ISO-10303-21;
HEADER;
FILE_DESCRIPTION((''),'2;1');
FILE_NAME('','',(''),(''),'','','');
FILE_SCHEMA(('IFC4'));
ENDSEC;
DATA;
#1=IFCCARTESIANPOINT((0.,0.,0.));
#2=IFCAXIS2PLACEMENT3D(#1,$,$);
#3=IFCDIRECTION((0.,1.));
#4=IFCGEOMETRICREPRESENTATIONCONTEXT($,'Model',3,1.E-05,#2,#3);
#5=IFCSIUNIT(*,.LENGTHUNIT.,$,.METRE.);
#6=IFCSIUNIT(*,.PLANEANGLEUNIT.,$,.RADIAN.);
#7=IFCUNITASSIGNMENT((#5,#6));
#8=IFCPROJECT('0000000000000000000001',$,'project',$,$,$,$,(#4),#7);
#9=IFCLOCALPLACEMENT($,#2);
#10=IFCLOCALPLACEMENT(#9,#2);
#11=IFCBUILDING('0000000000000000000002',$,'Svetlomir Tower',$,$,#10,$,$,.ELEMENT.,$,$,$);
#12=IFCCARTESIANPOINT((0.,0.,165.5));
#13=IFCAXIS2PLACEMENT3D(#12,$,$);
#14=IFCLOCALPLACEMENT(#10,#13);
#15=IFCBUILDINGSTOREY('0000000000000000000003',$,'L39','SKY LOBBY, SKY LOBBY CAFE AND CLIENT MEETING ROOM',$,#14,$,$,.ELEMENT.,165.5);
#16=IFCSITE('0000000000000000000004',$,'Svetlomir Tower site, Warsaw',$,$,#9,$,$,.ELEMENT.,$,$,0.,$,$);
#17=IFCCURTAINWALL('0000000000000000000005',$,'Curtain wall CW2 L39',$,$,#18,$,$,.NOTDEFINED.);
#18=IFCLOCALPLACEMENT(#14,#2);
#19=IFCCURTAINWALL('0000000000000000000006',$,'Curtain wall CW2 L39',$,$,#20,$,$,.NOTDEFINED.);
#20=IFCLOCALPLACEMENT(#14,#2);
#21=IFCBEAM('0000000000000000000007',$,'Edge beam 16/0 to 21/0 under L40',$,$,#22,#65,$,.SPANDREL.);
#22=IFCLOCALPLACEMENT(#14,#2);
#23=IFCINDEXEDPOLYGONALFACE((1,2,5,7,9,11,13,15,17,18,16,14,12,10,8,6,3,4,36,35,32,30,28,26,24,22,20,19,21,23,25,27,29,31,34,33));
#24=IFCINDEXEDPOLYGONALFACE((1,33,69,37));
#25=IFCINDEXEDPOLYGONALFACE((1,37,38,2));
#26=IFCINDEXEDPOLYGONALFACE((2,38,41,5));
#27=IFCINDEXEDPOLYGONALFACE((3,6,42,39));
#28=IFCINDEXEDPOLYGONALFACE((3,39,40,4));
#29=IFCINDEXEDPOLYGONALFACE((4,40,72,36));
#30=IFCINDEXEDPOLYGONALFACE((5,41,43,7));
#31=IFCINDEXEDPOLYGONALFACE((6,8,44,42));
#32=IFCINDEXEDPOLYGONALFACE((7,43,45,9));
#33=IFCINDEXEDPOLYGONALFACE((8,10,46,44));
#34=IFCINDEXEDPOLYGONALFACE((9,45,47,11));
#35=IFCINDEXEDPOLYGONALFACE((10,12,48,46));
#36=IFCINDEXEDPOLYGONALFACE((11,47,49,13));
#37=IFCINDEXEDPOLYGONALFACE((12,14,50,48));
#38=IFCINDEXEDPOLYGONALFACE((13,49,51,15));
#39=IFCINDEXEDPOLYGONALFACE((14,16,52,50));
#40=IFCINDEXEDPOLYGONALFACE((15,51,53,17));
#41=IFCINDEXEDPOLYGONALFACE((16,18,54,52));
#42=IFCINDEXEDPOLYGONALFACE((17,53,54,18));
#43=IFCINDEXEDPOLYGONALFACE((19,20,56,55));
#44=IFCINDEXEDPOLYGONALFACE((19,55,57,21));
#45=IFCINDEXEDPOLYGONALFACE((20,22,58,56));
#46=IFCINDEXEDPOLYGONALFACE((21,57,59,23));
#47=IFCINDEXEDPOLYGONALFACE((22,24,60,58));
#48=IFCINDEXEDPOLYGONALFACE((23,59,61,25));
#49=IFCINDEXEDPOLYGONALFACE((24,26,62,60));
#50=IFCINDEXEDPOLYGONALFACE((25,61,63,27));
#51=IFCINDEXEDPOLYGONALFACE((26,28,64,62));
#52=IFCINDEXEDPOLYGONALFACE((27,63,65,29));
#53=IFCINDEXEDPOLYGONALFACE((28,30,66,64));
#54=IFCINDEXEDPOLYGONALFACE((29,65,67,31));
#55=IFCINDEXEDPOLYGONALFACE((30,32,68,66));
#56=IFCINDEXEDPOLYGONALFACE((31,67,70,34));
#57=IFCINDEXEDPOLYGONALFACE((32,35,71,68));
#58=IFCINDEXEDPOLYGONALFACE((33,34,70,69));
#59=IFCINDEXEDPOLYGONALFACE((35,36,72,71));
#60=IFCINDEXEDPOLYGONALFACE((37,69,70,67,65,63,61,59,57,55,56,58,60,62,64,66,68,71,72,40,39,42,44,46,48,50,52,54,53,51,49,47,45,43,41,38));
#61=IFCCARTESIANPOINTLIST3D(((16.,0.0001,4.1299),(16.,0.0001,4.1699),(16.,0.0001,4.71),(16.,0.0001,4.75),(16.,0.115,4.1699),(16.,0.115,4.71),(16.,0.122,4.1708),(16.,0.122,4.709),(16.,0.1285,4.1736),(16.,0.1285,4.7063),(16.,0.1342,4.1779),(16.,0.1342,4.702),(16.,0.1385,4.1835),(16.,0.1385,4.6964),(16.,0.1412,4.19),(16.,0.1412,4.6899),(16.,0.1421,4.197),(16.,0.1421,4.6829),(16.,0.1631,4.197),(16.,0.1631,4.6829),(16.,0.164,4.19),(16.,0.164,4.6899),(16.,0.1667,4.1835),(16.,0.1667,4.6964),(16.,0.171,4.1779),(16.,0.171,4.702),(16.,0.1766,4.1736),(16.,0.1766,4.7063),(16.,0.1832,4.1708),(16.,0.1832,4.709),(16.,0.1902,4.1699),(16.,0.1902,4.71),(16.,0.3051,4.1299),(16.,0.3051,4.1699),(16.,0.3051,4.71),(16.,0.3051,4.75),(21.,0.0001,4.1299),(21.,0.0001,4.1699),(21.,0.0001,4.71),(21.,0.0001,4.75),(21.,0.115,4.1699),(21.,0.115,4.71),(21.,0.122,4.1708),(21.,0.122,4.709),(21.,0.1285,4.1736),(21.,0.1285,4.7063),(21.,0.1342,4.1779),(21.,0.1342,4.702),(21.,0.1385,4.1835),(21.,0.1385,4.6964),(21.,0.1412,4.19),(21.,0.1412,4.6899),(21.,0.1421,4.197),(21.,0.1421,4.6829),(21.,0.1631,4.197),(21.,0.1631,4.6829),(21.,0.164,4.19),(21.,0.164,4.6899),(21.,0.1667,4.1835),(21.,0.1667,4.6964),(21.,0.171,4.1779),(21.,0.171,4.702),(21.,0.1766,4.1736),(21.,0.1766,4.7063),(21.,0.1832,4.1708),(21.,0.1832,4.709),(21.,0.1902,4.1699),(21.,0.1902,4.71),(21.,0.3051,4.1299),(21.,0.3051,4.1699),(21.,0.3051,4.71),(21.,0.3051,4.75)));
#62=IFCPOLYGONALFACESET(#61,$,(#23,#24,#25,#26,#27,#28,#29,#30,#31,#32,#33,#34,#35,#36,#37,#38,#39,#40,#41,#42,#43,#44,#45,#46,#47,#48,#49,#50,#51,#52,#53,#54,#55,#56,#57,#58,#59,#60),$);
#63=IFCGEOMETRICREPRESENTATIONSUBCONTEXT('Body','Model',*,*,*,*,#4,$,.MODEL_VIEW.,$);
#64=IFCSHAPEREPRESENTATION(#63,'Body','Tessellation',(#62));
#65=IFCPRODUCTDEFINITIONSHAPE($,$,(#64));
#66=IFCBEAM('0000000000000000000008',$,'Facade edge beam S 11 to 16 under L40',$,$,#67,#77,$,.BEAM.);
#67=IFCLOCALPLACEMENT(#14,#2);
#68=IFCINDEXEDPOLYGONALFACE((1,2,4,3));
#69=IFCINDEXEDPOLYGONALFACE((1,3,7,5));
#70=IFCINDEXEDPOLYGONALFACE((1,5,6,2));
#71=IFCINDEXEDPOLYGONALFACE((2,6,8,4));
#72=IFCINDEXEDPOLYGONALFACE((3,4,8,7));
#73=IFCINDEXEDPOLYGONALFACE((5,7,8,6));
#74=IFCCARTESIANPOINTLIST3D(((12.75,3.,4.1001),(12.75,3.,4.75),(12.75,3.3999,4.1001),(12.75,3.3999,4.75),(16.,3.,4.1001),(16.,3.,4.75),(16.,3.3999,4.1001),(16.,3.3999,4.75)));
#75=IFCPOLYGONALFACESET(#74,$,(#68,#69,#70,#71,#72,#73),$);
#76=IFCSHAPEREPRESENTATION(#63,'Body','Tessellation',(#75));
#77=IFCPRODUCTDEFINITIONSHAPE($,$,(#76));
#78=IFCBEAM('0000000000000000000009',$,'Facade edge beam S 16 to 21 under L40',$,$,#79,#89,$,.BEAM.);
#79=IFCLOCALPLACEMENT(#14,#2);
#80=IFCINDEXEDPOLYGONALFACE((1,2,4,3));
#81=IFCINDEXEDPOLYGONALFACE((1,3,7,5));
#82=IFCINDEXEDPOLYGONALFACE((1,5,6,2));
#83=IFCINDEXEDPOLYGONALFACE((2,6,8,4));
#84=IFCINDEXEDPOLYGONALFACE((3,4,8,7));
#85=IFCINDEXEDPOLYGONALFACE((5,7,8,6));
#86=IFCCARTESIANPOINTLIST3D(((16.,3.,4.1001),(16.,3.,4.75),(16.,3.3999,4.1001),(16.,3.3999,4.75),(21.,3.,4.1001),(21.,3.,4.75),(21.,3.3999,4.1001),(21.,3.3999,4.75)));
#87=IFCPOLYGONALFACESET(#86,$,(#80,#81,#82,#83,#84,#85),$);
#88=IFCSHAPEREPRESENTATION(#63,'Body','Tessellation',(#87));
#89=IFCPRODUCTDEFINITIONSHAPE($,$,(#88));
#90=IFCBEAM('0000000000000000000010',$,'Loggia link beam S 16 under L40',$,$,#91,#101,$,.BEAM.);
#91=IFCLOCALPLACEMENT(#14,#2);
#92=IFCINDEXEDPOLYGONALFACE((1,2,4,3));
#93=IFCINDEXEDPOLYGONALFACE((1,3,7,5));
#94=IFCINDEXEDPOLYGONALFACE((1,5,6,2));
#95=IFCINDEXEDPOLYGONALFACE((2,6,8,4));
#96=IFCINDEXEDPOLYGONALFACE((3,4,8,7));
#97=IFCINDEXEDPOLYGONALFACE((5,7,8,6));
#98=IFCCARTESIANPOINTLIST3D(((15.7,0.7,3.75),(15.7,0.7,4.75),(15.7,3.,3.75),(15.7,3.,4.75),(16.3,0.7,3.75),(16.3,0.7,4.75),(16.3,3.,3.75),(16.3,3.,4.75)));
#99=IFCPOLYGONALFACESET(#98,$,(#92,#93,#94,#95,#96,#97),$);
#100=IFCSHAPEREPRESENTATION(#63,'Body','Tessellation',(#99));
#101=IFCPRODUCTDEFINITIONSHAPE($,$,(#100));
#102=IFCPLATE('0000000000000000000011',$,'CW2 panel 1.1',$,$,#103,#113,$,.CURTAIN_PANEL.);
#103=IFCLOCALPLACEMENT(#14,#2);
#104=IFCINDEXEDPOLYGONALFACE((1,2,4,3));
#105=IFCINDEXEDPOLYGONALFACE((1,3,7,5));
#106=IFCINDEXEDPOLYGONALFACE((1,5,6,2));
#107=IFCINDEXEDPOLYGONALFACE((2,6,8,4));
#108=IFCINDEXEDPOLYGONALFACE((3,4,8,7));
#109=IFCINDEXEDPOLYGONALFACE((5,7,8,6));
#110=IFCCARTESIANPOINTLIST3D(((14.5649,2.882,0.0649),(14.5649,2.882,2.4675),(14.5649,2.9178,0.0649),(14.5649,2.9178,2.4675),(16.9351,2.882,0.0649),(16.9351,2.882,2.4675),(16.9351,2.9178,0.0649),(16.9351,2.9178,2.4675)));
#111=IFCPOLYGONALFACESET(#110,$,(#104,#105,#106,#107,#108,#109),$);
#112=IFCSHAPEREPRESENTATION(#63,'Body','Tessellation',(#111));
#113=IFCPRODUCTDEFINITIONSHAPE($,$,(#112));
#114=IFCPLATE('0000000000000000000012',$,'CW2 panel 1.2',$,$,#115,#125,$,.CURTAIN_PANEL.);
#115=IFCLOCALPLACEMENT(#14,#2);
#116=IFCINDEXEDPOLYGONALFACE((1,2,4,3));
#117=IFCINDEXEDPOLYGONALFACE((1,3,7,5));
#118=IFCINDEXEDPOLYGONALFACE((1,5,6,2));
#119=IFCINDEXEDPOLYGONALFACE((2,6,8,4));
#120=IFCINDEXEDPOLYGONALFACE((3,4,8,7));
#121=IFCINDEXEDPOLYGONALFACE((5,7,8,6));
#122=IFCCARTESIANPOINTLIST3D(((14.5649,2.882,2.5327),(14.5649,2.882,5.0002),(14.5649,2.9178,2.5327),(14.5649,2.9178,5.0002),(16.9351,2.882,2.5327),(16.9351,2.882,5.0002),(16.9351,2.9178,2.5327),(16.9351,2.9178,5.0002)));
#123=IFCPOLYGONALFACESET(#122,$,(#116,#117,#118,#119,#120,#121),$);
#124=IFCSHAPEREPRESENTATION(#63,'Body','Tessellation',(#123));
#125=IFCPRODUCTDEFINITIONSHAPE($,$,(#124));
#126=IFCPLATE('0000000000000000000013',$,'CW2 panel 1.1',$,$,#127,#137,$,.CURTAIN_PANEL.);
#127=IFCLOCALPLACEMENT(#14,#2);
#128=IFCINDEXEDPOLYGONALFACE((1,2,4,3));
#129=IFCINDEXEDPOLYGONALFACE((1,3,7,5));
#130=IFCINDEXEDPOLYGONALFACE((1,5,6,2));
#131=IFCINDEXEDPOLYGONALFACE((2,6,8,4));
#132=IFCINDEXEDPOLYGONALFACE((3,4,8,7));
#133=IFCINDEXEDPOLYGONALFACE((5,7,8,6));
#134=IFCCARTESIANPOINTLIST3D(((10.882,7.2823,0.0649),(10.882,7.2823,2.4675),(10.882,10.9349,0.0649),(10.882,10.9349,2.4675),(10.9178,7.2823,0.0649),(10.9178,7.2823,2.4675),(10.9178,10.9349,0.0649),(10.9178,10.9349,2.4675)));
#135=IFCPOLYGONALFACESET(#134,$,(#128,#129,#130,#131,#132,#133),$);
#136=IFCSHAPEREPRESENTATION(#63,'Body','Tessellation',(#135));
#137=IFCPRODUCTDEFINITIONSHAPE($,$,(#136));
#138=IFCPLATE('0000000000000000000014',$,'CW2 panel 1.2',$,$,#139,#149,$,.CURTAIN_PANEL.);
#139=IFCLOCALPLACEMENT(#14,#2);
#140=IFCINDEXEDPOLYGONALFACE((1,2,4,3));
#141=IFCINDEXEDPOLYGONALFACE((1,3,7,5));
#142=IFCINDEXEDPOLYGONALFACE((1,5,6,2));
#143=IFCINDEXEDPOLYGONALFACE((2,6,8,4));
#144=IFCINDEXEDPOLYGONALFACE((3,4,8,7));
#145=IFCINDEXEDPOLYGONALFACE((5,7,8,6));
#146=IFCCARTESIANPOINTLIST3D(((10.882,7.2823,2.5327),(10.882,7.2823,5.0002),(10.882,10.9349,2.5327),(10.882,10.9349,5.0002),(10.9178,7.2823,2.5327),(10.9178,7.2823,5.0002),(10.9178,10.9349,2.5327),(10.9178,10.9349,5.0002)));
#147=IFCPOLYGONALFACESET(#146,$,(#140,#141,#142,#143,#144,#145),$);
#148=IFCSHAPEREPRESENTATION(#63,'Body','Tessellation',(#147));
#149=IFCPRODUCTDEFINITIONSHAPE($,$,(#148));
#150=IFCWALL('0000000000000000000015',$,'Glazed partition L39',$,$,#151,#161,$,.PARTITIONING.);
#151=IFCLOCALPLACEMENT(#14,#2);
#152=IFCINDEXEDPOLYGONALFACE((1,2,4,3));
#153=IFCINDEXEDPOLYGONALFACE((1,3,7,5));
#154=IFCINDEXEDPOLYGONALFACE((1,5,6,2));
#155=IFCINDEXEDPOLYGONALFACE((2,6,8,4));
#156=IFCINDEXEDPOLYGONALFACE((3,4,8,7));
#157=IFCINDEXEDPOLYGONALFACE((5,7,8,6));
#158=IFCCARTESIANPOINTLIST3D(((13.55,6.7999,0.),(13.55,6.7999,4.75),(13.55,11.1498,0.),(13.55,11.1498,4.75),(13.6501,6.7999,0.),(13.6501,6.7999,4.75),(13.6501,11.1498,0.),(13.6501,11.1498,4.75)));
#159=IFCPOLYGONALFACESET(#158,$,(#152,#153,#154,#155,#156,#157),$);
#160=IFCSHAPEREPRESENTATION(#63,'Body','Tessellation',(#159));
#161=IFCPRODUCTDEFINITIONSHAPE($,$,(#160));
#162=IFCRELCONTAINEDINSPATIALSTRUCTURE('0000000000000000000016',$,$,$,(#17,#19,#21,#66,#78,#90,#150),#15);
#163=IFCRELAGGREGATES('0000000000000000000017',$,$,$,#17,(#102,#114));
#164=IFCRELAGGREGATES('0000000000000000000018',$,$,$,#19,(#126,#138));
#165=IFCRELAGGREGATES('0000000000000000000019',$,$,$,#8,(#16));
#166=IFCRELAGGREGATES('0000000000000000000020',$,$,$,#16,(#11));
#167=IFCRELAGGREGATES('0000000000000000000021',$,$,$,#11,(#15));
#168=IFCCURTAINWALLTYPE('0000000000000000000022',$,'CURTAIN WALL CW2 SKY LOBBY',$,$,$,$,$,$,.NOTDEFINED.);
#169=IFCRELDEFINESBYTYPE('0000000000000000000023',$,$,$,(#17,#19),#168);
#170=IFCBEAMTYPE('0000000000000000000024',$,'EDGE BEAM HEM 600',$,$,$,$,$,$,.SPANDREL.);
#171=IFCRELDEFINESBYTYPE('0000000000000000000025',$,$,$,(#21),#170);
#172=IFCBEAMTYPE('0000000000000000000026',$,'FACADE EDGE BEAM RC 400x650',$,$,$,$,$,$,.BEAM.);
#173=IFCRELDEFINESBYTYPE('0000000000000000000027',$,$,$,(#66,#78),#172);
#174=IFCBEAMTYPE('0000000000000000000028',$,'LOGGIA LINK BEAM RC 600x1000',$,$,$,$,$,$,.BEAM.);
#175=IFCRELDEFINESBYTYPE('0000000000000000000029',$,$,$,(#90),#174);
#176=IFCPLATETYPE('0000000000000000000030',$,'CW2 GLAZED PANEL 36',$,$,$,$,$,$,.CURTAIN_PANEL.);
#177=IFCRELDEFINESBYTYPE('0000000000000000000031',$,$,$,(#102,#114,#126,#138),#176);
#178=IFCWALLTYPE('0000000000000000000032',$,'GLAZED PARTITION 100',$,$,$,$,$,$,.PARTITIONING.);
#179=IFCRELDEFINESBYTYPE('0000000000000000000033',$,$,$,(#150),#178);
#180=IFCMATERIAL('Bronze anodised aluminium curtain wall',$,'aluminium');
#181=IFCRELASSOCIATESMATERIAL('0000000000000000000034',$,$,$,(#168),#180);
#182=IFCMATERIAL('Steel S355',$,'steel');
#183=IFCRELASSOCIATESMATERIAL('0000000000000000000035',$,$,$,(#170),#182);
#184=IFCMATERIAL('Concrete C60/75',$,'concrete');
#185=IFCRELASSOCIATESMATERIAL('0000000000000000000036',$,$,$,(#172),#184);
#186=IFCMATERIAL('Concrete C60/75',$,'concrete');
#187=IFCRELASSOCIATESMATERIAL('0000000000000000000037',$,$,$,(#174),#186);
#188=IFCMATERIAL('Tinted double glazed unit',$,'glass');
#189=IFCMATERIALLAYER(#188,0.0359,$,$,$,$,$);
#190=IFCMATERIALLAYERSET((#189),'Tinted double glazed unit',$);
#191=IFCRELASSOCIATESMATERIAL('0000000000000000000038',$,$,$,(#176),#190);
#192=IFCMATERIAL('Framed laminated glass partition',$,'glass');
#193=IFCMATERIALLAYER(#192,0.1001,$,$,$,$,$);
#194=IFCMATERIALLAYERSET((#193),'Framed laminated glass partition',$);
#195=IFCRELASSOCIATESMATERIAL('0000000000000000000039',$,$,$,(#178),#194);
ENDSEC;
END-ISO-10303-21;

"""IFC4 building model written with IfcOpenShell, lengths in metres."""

from ifc_helpers import new_model, si_unit, direction, frame, frame_2d, origin, origin_2d, place, context, subcontext, project, spatial, rectangle, i_section, extrude, material, layer, layer_set, material_profile, profile_set, type_object, element, aggregate, save


model = new_model("IFC4")

# Units and contexts
model_context = context("Model", 3, precision=1e-05, world=origin(), true_north=direction((0.0, 1.0)))
body_context = subcontext(model_context, "Body", "Model", "MODEL_VIEW")
ifc_project = project(units=[si_unit("LENGTHUNIT", "METRE"), si_unit("PLANEANGLEUNIT", "RADIAN")], contexts=[model_context])

# Site, building, storey
site_placement = place(None, origin())
site = spatial("IfcSite", under=ifc_project, at=site_placement, Name="Svetlomir Tower site, Warsaw", CompositionType="ELEMENT", RefElevation=0.0)
building_placement = place(site_placement, origin())
building = spatial("IfcBuilding", under=site, at=building_placement, Name="Svetlomir Tower", CompositionType="ELEMENT")
storey_placement = place(building_placement, frame((0.0, 0.0, 165.5)))
storey = spatial("IfcBuildingStorey", under=building, at=storey_placement, Name="L39", Description="SKY LOBBY, SKY LOBBY CAFE AND CLIENT MEETING ROOM", CompositionType="ELEMENT", Elevation=165.5)

# Curtain wall
ifc_material_1 = material(Name="Bronze anodised aluminium curtain wall", Category="aluminium")
curtain_wall_type = type_object("IfcCurtainWallType", Name="CURTAIN WALL CW2 SKY LOBBY", PredefinedType="NOTDEFINED", material=ifc_material_1)
curtain_wall_1_placement = place(storey_placement, origin())
curtain_wall_1 = element("IfcCurtainWall", 1, at=curtain_wall_1_placement, inside=storey, type_object=curtain_wall_type, Name="Curtain wall CW2 L39", PredefinedType="NOTDEFINED")

# Curtain wall
curtain_wall_2_placement = place(storey_placement, origin())
curtain_wall_2 = element("IfcCurtainWall", 2, at=curtain_wall_2_placement, inside=storey, type_object=curtain_wall_type, Name="Curtain wall CW2 L39", PredefinedType="NOTDEFINED")

# Beams
ifc_material_2 = material(Name="Steel S355", Category="steel")
ifc_material_profile_1 = material_profile(ifc_material_2, i_section(OverallWidth=0.3049, OverallDepth=0.6201, WebThickness=0.021, FlangeThickness=0.04, FilletRadius=0.0271, at=origin_2d()), Name="HEM 600")
ifc_profile_set_1 = profile_set([ifc_material_profile_1], Name="Steel S355")
beam_type_1 = type_object("IfcBeamType", Name="EDGE BEAM HEM 600", PredefinedType="SPANDREL", material=ifc_profile_set_1)
beam_1_placement = place(storey_placement, frame((16.0, 0.1526, 4.4399), z_axis=(1.0, 0.0, 0.0), x_axis=(0.0, 1.0, 0.0)))
element("IfcBeam", 3, at=beam_1_placement, inside=storey, type_object=beam_type_1, Name="Edge beam 16/0 to 21/0 under L40", PredefinedType="SPANDREL", context=body_context, shape_type="SweptSolid", body=[
    extrude(i_section(OverallWidth=0.3049, OverallDepth=0.6201, WebThickness=0.021, FlangeThickness=0.04, FilletRadius=0.0271, at=origin_2d()), origin(), (0.0, 0.0, 1.0), 5.0),
])
ifc_material_3 = material(Name="Concrete C60/75", Category="concrete")
ifc_material_profile_2 = material_profile(ifc_material_3, rectangle(XDim=0.3999, YDim=0.6499, at=origin_2d()), Name="RC 400x650")
ifc_profile_set_2 = profile_set([ifc_material_profile_2], Name="Concrete C60/75")
beam_type_2 = type_object("IfcBeamType", Name="FACADE EDGE BEAM RC 400x650", PredefinedType="BEAM", material=ifc_profile_set_2)
beam_2_placement = place(storey_placement, frame((12.75, 3.2, 4.425), z_axis=(1.0, 0.0, 0.0), x_axis=(0.0, 1.0, 0.0)))
element("IfcBeam", 4, at=beam_2_placement, inside=storey, type_object=beam_type_2, Name="Facade edge beam S 11 to 16 under L40", PredefinedType="BEAM", context=body_context, shape_type="SweptSolid", body=[
    extrude(rectangle(XDim=0.3999, YDim=0.6499, at=origin_2d()), origin(), (0.0, 0.0, 1.0), 3.25),
])
beam_3_placement = place(storey_placement, frame((16.0, 3.2, 4.425), z_axis=(1.0, 0.0, 0.0), x_axis=(0.0, 1.0, 0.0)))
element("IfcBeam", 5, at=beam_3_placement, inside=storey, type_object=beam_type_2, Name="Facade edge beam S 16 to 21 under L40", PredefinedType="BEAM", context=body_context, shape_type="SweptSolid", body=[
    extrude(rectangle(XDim=0.3999, YDim=0.6499, at=origin_2d()), origin(), (0.0, 0.0, 1.0), 5.0),
])
ifc_material_4 = material(Name="Concrete C60/75", Category="concrete")
ifc_material_profile_3 = material_profile(ifc_material_4, rectangle(XDim=0.6001, YDim=1.0, at=origin_2d()), Name="RC 600x1000")
ifc_profile_set_3 = profile_set([ifc_material_profile_3], Name="Concrete C60/75")
beam_type_3 = type_object("IfcBeamType", Name="LOGGIA LINK BEAM RC 600x1000", PredefinedType="BEAM", material=ifc_profile_set_3)
beam_4_placement = place(storey_placement, frame((16.0, 0.7, 4.25), z_axis=(0.0, 1.0, 0.0), x_axis=(-1.0, 0.0, 0.0)))
element("IfcBeam", 6, at=beam_4_placement, inside=storey, type_object=beam_type_3, Name="Loggia link beam S 16 under L40", PredefinedType="BEAM", context=body_context, shape_type="SweptSolid", body=[
    extrude(rectangle(XDim=0.6001, YDim=1.0, at=origin_2d()), origin(), (0.0, 0.0, 1.0), 2.3),
])

# Plates
ifc_material_5 = material(Name="Tinted double glazed unit", Category="glass")
ifc_layer_1 = layer(ifc_material_5, 0.0359)
ifc_layer_set_1 = layer_set([ifc_layer_1], Name="Tinted double glazed unit")
plate_type = type_object("IfcPlateType", Name="CW2 GLAZED PANEL 36", PredefinedType="CURTAIN_PANEL", material=ifc_layer_set_1)
plate_1_placement = place(storey_placement, frame((15.75, 2.8999, 0.0649), z_axis=(0.0, 0.0, 1.0), x_axis=(1.0, 0.0, 0.0)))
plate_1 = element("IfcPlate", 7, at=plate_1_placement, type_object=plate_type, Name="CW2 panel 1.1", PredefinedType="CURTAIN_PANEL", context=body_context, shape_type="SweptSolid", body=[
    extrude(rectangle(XDim=2.3701, YDim=0.0359, at=origin_2d()), origin(), (0.0, 0.0, 1.0), 2.4026),
])
plate_2_placement = place(storey_placement, frame((15.75, 2.8999, 2.5327), z_axis=(0.0, 0.0, 1.0), x_axis=(1.0, 0.0, 0.0)))
plate_2 = element("IfcPlate", 8, at=plate_2_placement, type_object=plate_type, Name="CW2 panel 1.2", PredefinedType="CURTAIN_PANEL", context=body_context, shape_type="SweptSolid", body=[
    extrude(rectangle(XDim=2.3701, YDim=0.0359, at=origin_2d()), origin(), (0.0, 0.0, 1.0), 2.4675),
])
aggregate(curtain_wall_1, [plate_1, plate_2])
plate_3_placement = place(storey_placement, frame((10.8999, 9.1086, 0.0649), z_axis=(0.0, 0.0, 1.0), x_axis=(0.0, -1.0, 0.0)))
plate_3 = element("IfcPlate", 9, at=plate_3_placement, type_object=plate_type, Name="CW2 panel 1.1", PredefinedType="CURTAIN_PANEL", context=body_context, shape_type="SweptSolid", body=[
    extrude(rectangle(XDim=3.6526, YDim=0.0359, at=origin_2d()), origin(), (0.0, 0.0, 1.0), 2.4026),
])
plate_4_placement = place(storey_placement, frame((10.8999, 9.1086, 2.5327), z_axis=(0.0, 0.0, 1.0), x_axis=(0.0, -1.0, 0.0)))
plate_4 = element("IfcPlate", 10, at=plate_4_placement, type_object=plate_type, Name="CW2 panel 1.2", PredefinedType="CURTAIN_PANEL", context=body_context, shape_type="SweptSolid", body=[
    extrude(rectangle(XDim=3.6526, YDim=0.0359, at=origin_2d()), origin(), (0.0, 0.0, 1.0), 2.4675),
])
aggregate(curtain_wall_2, [plate_3, plate_4])

# Wall
ifc_material_6 = material(Name="Framed laminated glass partition", Category="glass")
ifc_layer_2 = layer(ifc_material_6, 0.1001)
ifc_layer_set_2 = layer_set([ifc_layer_2], Name="Framed laminated glass partition")
wall_type = type_object("IfcWallType", Name="GLAZED PARTITION 100", PredefinedType="PARTITIONING", material=ifc_layer_set_2)
wall_1_placement = place(storey_placement, frame((13.6001, 6.8, 0.0), z_axis=(0.0, 0.0, 1.0), x_axis=(0.0, 1.0, 0.0)))
element("IfcWall", 11, at=wall_1_placement, inside=storey, type_object=wall_type, Name="Glazed partition L39", PredefinedType="PARTITIONING", context=body_context, shape_type="SweptSolid", body=[
    extrude(rectangle(XDim=4.3499, YDim=0.1001, at=frame_2d((2.1748, 0.0))), origin(), (0.0, 0.0, 1.0), 4.75),
])

save(model, "model.ifc")
